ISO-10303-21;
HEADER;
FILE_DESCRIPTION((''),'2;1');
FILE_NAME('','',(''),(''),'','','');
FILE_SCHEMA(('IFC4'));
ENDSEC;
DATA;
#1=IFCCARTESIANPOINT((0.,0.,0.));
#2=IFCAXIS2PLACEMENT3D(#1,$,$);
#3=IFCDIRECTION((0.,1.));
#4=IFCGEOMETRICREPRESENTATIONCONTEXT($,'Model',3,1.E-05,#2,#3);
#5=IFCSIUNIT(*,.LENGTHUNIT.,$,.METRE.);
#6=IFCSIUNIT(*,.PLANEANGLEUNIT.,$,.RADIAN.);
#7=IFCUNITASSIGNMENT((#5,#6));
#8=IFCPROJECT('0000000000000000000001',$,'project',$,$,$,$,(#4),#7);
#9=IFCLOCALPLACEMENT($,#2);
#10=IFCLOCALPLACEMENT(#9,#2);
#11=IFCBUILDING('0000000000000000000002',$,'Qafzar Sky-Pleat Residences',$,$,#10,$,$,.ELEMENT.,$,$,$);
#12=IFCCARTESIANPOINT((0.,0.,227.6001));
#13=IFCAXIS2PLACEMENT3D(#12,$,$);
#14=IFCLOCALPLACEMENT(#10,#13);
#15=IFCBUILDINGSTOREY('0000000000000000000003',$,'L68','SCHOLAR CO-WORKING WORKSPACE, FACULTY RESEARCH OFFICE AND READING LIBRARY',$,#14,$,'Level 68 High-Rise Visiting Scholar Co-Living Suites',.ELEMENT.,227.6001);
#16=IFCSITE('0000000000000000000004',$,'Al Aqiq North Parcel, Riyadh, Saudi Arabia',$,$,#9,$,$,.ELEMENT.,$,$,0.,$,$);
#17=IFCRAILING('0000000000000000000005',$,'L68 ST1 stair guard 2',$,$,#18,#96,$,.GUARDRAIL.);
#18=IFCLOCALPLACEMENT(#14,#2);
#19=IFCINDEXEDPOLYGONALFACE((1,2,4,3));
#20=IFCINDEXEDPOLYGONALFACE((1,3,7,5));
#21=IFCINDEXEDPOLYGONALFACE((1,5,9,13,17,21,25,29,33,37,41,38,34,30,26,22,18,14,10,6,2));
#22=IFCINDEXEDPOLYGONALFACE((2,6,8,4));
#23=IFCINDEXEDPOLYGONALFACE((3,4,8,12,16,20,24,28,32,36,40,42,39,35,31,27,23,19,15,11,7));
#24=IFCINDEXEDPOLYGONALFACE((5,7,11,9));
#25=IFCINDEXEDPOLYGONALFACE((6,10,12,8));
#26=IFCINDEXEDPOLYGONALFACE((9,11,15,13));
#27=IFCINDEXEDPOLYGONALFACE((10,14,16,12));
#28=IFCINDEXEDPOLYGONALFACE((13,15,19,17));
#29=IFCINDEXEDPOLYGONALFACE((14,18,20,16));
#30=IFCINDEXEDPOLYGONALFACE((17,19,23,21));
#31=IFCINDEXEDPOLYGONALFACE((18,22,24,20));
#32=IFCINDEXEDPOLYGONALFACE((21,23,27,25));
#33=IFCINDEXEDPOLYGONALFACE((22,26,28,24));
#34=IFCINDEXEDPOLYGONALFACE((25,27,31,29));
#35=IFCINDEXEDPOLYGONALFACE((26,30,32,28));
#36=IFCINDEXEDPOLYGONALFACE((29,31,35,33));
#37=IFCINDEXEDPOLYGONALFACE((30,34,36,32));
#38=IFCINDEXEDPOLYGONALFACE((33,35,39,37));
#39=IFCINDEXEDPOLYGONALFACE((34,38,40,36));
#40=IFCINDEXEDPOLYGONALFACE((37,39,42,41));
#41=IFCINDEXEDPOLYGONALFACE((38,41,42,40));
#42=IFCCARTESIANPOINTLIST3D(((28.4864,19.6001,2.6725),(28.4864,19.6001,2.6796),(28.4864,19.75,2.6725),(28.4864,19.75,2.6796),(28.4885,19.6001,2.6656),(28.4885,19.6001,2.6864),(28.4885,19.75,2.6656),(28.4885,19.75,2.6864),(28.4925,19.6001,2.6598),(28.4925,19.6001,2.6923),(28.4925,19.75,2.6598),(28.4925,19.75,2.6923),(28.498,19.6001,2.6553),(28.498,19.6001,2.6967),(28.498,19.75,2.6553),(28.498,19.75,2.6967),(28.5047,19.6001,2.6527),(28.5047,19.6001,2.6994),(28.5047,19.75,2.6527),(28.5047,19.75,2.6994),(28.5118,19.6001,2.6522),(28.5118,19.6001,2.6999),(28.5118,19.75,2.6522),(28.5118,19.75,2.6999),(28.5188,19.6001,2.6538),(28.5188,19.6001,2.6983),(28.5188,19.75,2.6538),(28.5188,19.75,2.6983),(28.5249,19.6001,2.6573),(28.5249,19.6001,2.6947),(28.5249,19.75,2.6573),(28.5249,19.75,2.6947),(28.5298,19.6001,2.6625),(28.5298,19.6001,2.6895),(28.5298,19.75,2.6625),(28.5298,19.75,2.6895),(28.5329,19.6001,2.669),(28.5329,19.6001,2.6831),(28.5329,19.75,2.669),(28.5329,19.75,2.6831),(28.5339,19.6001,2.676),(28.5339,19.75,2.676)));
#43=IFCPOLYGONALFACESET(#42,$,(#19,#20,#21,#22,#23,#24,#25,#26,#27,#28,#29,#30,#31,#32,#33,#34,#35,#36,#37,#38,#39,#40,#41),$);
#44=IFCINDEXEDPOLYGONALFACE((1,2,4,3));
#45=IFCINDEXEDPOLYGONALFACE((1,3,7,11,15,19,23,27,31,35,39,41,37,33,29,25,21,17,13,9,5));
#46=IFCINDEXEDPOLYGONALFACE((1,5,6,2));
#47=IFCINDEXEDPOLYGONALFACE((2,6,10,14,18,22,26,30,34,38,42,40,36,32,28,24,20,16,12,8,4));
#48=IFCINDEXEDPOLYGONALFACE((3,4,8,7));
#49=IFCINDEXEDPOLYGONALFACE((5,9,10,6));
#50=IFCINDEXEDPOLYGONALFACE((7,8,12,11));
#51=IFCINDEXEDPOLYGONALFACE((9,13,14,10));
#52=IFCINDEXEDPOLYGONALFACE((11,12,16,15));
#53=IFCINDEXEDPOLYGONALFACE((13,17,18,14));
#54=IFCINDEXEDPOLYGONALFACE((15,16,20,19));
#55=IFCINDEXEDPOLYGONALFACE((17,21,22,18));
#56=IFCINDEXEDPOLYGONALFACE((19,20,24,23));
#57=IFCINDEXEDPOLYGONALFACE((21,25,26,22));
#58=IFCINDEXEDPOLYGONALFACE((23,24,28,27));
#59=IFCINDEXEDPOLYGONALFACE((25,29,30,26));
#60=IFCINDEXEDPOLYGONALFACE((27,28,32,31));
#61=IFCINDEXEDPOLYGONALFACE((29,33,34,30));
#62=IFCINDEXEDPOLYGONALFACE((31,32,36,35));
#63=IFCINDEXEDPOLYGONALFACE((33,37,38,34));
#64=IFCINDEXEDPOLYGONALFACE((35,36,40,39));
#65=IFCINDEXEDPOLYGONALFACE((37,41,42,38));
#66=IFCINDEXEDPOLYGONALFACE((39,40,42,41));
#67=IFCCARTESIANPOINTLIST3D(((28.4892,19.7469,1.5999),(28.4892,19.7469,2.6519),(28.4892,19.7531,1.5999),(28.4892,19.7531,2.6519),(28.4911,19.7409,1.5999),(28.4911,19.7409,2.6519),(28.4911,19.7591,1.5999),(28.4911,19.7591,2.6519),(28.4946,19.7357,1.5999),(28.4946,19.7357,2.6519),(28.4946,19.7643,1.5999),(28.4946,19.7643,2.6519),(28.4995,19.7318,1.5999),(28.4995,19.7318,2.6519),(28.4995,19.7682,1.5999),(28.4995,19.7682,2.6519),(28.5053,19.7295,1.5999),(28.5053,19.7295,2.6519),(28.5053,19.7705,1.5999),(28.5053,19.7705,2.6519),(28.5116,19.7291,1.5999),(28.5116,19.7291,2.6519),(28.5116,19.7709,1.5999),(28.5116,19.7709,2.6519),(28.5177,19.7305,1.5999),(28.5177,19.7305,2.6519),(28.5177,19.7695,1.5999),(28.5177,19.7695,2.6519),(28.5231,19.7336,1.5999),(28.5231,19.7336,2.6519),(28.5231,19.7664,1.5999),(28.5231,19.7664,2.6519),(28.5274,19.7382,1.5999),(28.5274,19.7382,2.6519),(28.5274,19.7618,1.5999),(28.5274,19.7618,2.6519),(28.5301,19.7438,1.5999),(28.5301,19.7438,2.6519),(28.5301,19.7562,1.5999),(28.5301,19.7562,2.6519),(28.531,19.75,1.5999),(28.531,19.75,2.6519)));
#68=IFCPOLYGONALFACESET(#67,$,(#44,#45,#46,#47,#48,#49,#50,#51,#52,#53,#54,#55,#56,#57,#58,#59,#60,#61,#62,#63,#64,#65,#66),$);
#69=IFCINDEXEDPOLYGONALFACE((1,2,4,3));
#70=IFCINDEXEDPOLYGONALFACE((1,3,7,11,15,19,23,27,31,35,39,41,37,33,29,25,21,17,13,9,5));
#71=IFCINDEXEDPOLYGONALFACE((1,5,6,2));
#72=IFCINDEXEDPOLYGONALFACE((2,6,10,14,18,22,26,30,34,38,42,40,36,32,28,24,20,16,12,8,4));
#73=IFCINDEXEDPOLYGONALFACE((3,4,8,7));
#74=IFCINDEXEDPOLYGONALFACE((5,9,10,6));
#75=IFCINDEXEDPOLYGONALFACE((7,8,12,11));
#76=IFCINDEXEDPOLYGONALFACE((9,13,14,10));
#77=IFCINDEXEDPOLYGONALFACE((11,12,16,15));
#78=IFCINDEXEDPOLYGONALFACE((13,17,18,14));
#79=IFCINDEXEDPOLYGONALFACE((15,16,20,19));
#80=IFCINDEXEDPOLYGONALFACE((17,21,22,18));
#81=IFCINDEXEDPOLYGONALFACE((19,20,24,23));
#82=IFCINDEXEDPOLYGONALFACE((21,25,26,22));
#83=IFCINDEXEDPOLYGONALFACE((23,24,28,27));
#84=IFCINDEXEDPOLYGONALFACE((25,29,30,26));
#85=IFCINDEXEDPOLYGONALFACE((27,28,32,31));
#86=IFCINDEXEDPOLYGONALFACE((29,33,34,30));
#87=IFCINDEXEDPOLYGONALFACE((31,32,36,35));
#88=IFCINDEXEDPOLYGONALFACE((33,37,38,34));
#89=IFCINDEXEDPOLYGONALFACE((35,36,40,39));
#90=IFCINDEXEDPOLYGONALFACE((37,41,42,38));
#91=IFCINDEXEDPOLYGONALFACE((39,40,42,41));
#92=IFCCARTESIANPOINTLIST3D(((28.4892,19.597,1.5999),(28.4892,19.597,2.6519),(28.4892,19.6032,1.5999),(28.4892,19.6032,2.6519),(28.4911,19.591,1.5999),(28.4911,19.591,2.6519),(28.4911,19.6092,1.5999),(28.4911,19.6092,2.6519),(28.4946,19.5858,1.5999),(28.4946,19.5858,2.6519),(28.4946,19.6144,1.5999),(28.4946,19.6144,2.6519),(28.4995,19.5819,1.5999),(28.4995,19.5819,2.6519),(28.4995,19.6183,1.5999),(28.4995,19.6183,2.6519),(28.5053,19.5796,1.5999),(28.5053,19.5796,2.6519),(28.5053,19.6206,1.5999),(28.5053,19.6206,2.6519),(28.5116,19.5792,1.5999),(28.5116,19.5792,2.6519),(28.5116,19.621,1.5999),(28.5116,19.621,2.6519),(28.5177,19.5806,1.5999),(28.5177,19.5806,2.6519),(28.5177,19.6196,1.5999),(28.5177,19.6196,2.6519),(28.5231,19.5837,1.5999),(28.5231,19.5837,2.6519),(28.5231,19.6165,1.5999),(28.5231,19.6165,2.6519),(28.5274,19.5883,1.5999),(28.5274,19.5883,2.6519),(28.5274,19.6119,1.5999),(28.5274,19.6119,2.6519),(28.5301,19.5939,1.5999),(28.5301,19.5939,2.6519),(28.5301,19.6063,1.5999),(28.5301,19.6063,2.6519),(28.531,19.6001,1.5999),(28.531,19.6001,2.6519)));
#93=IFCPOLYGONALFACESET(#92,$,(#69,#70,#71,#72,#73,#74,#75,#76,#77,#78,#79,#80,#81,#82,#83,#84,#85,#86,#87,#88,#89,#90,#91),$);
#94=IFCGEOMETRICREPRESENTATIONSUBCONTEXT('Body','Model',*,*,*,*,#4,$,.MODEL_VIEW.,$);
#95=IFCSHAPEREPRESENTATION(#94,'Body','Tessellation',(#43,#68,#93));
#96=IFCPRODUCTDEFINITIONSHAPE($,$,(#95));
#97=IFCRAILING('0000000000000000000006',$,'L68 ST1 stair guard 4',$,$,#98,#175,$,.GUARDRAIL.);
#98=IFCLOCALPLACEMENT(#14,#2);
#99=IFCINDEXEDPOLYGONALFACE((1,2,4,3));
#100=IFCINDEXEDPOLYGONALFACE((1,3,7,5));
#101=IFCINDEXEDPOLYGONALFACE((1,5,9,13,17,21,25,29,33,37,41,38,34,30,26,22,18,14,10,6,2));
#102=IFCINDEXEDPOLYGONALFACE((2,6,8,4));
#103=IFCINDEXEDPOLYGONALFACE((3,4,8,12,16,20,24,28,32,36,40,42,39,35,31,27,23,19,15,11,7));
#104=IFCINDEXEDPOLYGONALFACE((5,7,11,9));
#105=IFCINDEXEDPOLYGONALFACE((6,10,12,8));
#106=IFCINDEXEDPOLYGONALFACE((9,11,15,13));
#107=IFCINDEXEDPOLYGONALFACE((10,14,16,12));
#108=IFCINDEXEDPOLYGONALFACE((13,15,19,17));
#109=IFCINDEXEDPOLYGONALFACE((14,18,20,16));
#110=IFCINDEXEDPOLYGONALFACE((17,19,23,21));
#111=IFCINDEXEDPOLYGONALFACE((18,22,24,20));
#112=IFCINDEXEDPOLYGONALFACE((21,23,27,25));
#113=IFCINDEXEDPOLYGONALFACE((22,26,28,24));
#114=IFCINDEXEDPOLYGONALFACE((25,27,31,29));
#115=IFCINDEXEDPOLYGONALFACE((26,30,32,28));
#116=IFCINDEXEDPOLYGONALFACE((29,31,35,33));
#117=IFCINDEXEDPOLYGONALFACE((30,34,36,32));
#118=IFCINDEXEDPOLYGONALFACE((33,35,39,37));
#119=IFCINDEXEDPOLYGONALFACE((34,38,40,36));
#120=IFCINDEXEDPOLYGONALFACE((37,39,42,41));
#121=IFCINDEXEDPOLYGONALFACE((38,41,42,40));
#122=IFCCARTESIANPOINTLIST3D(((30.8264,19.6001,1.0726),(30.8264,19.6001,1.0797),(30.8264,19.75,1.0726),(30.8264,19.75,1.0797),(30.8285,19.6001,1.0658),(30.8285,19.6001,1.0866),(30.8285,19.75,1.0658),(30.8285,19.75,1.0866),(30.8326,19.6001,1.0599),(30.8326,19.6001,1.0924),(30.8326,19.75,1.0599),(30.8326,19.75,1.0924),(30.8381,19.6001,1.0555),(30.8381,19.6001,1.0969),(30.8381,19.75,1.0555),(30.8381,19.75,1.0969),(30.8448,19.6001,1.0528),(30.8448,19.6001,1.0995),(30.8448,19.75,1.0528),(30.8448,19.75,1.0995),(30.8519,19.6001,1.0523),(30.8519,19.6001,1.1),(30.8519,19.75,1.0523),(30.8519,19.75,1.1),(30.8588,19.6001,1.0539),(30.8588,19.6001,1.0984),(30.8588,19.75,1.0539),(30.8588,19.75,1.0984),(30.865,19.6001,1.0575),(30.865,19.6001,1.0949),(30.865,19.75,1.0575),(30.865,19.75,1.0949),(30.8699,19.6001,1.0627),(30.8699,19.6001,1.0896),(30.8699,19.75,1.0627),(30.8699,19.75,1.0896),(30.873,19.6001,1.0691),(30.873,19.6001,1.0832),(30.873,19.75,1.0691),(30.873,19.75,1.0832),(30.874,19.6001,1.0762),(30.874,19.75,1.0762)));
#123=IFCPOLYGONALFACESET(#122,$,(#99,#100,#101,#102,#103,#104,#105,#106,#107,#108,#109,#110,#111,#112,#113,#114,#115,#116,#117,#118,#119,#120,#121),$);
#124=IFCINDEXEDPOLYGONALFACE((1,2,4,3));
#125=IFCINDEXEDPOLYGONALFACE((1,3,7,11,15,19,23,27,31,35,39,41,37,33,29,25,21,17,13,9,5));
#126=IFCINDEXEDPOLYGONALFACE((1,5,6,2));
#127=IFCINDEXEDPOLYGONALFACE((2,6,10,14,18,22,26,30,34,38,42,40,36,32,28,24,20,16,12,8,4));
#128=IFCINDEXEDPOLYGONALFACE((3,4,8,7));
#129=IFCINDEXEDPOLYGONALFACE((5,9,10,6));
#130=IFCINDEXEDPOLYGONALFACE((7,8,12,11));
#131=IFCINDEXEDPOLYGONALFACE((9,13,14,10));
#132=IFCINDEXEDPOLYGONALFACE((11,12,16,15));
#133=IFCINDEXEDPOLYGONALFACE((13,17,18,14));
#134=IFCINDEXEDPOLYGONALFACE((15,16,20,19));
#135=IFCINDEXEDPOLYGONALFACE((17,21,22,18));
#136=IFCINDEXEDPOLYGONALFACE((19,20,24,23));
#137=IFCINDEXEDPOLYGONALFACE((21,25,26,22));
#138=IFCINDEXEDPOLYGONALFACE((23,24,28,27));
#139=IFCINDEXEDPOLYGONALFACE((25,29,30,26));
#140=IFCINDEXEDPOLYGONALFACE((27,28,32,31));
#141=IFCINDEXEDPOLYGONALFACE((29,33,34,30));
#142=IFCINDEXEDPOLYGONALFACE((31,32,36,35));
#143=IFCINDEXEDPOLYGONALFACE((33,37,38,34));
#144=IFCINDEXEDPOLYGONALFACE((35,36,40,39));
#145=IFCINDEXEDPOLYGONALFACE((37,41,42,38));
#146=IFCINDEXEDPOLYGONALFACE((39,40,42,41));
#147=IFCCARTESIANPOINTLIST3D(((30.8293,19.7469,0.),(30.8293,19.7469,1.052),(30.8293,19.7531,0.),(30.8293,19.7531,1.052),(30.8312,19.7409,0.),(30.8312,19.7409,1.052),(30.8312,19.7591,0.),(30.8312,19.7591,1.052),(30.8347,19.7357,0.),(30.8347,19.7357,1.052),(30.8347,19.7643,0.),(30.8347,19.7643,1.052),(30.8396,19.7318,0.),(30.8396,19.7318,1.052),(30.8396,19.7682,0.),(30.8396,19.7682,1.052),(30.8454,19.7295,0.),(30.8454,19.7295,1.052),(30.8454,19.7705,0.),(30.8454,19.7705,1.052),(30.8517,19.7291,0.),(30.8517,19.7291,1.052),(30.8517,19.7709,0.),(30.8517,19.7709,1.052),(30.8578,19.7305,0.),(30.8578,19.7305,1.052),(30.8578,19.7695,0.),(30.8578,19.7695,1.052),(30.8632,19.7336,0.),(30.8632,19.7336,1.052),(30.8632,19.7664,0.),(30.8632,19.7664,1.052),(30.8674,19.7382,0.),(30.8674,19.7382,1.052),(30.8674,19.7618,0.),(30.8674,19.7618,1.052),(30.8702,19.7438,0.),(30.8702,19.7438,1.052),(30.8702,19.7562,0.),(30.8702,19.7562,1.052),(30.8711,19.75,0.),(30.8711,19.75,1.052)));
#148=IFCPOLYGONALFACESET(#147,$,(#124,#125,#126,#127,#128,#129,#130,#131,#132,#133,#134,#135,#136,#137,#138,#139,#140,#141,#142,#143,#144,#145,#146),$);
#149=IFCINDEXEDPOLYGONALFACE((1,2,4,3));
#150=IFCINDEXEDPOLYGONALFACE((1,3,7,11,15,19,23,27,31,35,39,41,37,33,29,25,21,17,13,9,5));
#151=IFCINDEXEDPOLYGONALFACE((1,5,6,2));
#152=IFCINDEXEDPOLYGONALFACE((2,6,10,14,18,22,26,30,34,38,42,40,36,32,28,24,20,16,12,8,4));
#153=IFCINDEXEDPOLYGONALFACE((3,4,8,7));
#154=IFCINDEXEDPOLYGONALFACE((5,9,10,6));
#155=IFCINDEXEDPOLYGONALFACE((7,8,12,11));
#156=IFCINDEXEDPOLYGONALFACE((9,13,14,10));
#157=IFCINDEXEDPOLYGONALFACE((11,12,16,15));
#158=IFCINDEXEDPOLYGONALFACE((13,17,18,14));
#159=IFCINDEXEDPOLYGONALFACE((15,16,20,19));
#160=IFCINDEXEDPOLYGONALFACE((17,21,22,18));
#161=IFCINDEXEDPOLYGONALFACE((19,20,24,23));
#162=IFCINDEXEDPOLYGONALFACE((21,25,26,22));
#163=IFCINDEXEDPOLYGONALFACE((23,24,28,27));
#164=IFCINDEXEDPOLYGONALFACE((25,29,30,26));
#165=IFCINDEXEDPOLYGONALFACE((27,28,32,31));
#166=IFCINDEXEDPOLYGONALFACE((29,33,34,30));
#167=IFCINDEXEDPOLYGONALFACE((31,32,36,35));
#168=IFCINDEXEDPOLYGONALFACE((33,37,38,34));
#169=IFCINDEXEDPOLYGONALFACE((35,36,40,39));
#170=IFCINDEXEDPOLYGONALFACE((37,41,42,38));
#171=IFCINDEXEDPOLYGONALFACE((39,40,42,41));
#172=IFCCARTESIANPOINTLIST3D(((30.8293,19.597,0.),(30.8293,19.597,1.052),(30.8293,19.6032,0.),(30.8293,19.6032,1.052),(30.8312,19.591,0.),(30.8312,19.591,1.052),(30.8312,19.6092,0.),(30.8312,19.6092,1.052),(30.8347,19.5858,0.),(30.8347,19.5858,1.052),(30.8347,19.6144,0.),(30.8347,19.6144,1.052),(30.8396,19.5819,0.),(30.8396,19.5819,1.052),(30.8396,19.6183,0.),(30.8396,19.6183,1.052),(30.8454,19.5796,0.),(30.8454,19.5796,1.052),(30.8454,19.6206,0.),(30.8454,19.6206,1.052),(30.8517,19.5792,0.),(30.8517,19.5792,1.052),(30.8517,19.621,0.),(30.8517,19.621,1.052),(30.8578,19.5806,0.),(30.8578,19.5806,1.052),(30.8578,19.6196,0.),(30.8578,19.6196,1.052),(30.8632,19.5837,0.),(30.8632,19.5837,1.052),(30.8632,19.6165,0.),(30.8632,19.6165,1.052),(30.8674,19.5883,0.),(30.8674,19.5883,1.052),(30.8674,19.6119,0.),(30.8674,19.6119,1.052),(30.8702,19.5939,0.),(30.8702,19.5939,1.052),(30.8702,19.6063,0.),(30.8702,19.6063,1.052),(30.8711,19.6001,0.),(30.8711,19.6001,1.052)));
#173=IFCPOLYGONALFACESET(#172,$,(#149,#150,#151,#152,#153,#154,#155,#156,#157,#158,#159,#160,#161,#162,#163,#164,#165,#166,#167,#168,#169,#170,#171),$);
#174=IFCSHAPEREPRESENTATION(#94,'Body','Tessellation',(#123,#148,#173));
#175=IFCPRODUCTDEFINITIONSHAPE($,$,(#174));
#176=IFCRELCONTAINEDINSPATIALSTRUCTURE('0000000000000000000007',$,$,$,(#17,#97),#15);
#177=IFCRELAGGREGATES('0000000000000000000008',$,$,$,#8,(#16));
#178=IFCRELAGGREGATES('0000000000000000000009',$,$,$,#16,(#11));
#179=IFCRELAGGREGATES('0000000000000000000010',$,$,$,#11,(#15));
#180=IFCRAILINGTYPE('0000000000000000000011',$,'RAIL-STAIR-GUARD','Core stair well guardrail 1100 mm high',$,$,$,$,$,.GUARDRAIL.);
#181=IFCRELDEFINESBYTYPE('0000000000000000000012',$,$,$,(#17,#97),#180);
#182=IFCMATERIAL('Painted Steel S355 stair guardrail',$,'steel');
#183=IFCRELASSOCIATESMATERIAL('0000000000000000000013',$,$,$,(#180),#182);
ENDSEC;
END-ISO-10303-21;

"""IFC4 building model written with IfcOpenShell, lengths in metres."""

from ifc_helpers import new_model, si_unit, direction, frame, origin, origin_2d, place, context, subcontext, project, spatial, circle, extrude, source, transform, mapped, material, type_object, element, save


model = new_model("IFC4")

# Units and contexts
model_context = context("Model", 3, precision=1e-05, world=origin(), true_north=direction((0.0, 1.0)))
body_context = subcontext(model_context, "Body", "Model", "MODEL_VIEW")
ifc_project = project(units=[si_unit("LENGTHUNIT", "METRE"), si_unit("PLANEANGLEUNIT", "RADIAN")], contexts=[model_context])

# Site, building, storey
site_placement = place(None, origin())
site = spatial("IfcSite", under=ifc_project, at=site_placement, Name="Al Aqiq North Parcel, Riyadh, Saudi Arabia", CompositionType="ELEMENT", RefElevation=0.0)
building_placement = place(site_placement, origin())
building = spatial("IfcBuilding", under=site, at=building_placement, Name="Qafzar Sky-Pleat Residences", CompositionType="ELEMENT")
storey_placement = place(building_placement, frame((0.0, 0.0, 227.6001)))
storey = spatial("IfcBuildingStorey", under=building, at=storey_placement, Name="L68", Description="SCHOLAR CO-WORKING WORKSPACE, FACULTY RESEARCH OFFICE AND READING LIBRARY", LongName="Level 68 High-Rise Visiting Scholar Co-Living Suites", CompositionType="ELEMENT", Elevation=227.6001)

# Railings
ifc_material_1 = material(Name="Painted Steel S355 stair guardrail", Category="steel")
railing_type_1 = type_object("IfcRailingType", Name="RAIL-STAIR-GUARD", Description="Core stair well guardrail 1100 mm high", PredefinedType="GUARDRAIL", material=ifc_material_1)
shared_shape_1 = source(origin(), body_context, "Body", "SweptSolid", [
    extrude(circle(Radius=0.0239, at=origin_2d()), frame((0.0, 0.0, 1.0762), z_axis=(0.0, -1.0, 0.0), x_axis=(1.0, 0.0, 0.0)), (0.0, 0.0, 1.0), 0.1499),
    extrude(circle(Radius=0.021, at=origin_2d()), origin(), (0.0, 0.0, 1.0), 1.052),
    extrude(circle(Radius=0.021, at=origin_2d()), frame((0.0, -0.1499, 0.0)), (0.0, 0.0, 1.0), 1.052),
])
for number, where, name in (
    (1, (28.51, 19.75, 1.5999), "L68 ST1 stair guard 2"),
    (2, (30.8501, 19.75, 0.0), "L68 ST1 stair guard 4"),
):
    element("IfcRailing", number, at=place(storey_placement, frame(where)), inside=storey, type_object=railing_type_1, Name=name, PredefinedType="GUARDRAIL", context=body_context, shape_type="MappedRepresentation", body=[
        mapped(shared_shape_1, transform((0.0, 0.0, 0.0), x_axis=(1.0, 0.0, 0.0), y_axis=(0.0, 1.0, 0.0), z_axis=(0.0, 0.0, 1.0), scale=1.0)),
    ])

save(model, "model.ifc")
